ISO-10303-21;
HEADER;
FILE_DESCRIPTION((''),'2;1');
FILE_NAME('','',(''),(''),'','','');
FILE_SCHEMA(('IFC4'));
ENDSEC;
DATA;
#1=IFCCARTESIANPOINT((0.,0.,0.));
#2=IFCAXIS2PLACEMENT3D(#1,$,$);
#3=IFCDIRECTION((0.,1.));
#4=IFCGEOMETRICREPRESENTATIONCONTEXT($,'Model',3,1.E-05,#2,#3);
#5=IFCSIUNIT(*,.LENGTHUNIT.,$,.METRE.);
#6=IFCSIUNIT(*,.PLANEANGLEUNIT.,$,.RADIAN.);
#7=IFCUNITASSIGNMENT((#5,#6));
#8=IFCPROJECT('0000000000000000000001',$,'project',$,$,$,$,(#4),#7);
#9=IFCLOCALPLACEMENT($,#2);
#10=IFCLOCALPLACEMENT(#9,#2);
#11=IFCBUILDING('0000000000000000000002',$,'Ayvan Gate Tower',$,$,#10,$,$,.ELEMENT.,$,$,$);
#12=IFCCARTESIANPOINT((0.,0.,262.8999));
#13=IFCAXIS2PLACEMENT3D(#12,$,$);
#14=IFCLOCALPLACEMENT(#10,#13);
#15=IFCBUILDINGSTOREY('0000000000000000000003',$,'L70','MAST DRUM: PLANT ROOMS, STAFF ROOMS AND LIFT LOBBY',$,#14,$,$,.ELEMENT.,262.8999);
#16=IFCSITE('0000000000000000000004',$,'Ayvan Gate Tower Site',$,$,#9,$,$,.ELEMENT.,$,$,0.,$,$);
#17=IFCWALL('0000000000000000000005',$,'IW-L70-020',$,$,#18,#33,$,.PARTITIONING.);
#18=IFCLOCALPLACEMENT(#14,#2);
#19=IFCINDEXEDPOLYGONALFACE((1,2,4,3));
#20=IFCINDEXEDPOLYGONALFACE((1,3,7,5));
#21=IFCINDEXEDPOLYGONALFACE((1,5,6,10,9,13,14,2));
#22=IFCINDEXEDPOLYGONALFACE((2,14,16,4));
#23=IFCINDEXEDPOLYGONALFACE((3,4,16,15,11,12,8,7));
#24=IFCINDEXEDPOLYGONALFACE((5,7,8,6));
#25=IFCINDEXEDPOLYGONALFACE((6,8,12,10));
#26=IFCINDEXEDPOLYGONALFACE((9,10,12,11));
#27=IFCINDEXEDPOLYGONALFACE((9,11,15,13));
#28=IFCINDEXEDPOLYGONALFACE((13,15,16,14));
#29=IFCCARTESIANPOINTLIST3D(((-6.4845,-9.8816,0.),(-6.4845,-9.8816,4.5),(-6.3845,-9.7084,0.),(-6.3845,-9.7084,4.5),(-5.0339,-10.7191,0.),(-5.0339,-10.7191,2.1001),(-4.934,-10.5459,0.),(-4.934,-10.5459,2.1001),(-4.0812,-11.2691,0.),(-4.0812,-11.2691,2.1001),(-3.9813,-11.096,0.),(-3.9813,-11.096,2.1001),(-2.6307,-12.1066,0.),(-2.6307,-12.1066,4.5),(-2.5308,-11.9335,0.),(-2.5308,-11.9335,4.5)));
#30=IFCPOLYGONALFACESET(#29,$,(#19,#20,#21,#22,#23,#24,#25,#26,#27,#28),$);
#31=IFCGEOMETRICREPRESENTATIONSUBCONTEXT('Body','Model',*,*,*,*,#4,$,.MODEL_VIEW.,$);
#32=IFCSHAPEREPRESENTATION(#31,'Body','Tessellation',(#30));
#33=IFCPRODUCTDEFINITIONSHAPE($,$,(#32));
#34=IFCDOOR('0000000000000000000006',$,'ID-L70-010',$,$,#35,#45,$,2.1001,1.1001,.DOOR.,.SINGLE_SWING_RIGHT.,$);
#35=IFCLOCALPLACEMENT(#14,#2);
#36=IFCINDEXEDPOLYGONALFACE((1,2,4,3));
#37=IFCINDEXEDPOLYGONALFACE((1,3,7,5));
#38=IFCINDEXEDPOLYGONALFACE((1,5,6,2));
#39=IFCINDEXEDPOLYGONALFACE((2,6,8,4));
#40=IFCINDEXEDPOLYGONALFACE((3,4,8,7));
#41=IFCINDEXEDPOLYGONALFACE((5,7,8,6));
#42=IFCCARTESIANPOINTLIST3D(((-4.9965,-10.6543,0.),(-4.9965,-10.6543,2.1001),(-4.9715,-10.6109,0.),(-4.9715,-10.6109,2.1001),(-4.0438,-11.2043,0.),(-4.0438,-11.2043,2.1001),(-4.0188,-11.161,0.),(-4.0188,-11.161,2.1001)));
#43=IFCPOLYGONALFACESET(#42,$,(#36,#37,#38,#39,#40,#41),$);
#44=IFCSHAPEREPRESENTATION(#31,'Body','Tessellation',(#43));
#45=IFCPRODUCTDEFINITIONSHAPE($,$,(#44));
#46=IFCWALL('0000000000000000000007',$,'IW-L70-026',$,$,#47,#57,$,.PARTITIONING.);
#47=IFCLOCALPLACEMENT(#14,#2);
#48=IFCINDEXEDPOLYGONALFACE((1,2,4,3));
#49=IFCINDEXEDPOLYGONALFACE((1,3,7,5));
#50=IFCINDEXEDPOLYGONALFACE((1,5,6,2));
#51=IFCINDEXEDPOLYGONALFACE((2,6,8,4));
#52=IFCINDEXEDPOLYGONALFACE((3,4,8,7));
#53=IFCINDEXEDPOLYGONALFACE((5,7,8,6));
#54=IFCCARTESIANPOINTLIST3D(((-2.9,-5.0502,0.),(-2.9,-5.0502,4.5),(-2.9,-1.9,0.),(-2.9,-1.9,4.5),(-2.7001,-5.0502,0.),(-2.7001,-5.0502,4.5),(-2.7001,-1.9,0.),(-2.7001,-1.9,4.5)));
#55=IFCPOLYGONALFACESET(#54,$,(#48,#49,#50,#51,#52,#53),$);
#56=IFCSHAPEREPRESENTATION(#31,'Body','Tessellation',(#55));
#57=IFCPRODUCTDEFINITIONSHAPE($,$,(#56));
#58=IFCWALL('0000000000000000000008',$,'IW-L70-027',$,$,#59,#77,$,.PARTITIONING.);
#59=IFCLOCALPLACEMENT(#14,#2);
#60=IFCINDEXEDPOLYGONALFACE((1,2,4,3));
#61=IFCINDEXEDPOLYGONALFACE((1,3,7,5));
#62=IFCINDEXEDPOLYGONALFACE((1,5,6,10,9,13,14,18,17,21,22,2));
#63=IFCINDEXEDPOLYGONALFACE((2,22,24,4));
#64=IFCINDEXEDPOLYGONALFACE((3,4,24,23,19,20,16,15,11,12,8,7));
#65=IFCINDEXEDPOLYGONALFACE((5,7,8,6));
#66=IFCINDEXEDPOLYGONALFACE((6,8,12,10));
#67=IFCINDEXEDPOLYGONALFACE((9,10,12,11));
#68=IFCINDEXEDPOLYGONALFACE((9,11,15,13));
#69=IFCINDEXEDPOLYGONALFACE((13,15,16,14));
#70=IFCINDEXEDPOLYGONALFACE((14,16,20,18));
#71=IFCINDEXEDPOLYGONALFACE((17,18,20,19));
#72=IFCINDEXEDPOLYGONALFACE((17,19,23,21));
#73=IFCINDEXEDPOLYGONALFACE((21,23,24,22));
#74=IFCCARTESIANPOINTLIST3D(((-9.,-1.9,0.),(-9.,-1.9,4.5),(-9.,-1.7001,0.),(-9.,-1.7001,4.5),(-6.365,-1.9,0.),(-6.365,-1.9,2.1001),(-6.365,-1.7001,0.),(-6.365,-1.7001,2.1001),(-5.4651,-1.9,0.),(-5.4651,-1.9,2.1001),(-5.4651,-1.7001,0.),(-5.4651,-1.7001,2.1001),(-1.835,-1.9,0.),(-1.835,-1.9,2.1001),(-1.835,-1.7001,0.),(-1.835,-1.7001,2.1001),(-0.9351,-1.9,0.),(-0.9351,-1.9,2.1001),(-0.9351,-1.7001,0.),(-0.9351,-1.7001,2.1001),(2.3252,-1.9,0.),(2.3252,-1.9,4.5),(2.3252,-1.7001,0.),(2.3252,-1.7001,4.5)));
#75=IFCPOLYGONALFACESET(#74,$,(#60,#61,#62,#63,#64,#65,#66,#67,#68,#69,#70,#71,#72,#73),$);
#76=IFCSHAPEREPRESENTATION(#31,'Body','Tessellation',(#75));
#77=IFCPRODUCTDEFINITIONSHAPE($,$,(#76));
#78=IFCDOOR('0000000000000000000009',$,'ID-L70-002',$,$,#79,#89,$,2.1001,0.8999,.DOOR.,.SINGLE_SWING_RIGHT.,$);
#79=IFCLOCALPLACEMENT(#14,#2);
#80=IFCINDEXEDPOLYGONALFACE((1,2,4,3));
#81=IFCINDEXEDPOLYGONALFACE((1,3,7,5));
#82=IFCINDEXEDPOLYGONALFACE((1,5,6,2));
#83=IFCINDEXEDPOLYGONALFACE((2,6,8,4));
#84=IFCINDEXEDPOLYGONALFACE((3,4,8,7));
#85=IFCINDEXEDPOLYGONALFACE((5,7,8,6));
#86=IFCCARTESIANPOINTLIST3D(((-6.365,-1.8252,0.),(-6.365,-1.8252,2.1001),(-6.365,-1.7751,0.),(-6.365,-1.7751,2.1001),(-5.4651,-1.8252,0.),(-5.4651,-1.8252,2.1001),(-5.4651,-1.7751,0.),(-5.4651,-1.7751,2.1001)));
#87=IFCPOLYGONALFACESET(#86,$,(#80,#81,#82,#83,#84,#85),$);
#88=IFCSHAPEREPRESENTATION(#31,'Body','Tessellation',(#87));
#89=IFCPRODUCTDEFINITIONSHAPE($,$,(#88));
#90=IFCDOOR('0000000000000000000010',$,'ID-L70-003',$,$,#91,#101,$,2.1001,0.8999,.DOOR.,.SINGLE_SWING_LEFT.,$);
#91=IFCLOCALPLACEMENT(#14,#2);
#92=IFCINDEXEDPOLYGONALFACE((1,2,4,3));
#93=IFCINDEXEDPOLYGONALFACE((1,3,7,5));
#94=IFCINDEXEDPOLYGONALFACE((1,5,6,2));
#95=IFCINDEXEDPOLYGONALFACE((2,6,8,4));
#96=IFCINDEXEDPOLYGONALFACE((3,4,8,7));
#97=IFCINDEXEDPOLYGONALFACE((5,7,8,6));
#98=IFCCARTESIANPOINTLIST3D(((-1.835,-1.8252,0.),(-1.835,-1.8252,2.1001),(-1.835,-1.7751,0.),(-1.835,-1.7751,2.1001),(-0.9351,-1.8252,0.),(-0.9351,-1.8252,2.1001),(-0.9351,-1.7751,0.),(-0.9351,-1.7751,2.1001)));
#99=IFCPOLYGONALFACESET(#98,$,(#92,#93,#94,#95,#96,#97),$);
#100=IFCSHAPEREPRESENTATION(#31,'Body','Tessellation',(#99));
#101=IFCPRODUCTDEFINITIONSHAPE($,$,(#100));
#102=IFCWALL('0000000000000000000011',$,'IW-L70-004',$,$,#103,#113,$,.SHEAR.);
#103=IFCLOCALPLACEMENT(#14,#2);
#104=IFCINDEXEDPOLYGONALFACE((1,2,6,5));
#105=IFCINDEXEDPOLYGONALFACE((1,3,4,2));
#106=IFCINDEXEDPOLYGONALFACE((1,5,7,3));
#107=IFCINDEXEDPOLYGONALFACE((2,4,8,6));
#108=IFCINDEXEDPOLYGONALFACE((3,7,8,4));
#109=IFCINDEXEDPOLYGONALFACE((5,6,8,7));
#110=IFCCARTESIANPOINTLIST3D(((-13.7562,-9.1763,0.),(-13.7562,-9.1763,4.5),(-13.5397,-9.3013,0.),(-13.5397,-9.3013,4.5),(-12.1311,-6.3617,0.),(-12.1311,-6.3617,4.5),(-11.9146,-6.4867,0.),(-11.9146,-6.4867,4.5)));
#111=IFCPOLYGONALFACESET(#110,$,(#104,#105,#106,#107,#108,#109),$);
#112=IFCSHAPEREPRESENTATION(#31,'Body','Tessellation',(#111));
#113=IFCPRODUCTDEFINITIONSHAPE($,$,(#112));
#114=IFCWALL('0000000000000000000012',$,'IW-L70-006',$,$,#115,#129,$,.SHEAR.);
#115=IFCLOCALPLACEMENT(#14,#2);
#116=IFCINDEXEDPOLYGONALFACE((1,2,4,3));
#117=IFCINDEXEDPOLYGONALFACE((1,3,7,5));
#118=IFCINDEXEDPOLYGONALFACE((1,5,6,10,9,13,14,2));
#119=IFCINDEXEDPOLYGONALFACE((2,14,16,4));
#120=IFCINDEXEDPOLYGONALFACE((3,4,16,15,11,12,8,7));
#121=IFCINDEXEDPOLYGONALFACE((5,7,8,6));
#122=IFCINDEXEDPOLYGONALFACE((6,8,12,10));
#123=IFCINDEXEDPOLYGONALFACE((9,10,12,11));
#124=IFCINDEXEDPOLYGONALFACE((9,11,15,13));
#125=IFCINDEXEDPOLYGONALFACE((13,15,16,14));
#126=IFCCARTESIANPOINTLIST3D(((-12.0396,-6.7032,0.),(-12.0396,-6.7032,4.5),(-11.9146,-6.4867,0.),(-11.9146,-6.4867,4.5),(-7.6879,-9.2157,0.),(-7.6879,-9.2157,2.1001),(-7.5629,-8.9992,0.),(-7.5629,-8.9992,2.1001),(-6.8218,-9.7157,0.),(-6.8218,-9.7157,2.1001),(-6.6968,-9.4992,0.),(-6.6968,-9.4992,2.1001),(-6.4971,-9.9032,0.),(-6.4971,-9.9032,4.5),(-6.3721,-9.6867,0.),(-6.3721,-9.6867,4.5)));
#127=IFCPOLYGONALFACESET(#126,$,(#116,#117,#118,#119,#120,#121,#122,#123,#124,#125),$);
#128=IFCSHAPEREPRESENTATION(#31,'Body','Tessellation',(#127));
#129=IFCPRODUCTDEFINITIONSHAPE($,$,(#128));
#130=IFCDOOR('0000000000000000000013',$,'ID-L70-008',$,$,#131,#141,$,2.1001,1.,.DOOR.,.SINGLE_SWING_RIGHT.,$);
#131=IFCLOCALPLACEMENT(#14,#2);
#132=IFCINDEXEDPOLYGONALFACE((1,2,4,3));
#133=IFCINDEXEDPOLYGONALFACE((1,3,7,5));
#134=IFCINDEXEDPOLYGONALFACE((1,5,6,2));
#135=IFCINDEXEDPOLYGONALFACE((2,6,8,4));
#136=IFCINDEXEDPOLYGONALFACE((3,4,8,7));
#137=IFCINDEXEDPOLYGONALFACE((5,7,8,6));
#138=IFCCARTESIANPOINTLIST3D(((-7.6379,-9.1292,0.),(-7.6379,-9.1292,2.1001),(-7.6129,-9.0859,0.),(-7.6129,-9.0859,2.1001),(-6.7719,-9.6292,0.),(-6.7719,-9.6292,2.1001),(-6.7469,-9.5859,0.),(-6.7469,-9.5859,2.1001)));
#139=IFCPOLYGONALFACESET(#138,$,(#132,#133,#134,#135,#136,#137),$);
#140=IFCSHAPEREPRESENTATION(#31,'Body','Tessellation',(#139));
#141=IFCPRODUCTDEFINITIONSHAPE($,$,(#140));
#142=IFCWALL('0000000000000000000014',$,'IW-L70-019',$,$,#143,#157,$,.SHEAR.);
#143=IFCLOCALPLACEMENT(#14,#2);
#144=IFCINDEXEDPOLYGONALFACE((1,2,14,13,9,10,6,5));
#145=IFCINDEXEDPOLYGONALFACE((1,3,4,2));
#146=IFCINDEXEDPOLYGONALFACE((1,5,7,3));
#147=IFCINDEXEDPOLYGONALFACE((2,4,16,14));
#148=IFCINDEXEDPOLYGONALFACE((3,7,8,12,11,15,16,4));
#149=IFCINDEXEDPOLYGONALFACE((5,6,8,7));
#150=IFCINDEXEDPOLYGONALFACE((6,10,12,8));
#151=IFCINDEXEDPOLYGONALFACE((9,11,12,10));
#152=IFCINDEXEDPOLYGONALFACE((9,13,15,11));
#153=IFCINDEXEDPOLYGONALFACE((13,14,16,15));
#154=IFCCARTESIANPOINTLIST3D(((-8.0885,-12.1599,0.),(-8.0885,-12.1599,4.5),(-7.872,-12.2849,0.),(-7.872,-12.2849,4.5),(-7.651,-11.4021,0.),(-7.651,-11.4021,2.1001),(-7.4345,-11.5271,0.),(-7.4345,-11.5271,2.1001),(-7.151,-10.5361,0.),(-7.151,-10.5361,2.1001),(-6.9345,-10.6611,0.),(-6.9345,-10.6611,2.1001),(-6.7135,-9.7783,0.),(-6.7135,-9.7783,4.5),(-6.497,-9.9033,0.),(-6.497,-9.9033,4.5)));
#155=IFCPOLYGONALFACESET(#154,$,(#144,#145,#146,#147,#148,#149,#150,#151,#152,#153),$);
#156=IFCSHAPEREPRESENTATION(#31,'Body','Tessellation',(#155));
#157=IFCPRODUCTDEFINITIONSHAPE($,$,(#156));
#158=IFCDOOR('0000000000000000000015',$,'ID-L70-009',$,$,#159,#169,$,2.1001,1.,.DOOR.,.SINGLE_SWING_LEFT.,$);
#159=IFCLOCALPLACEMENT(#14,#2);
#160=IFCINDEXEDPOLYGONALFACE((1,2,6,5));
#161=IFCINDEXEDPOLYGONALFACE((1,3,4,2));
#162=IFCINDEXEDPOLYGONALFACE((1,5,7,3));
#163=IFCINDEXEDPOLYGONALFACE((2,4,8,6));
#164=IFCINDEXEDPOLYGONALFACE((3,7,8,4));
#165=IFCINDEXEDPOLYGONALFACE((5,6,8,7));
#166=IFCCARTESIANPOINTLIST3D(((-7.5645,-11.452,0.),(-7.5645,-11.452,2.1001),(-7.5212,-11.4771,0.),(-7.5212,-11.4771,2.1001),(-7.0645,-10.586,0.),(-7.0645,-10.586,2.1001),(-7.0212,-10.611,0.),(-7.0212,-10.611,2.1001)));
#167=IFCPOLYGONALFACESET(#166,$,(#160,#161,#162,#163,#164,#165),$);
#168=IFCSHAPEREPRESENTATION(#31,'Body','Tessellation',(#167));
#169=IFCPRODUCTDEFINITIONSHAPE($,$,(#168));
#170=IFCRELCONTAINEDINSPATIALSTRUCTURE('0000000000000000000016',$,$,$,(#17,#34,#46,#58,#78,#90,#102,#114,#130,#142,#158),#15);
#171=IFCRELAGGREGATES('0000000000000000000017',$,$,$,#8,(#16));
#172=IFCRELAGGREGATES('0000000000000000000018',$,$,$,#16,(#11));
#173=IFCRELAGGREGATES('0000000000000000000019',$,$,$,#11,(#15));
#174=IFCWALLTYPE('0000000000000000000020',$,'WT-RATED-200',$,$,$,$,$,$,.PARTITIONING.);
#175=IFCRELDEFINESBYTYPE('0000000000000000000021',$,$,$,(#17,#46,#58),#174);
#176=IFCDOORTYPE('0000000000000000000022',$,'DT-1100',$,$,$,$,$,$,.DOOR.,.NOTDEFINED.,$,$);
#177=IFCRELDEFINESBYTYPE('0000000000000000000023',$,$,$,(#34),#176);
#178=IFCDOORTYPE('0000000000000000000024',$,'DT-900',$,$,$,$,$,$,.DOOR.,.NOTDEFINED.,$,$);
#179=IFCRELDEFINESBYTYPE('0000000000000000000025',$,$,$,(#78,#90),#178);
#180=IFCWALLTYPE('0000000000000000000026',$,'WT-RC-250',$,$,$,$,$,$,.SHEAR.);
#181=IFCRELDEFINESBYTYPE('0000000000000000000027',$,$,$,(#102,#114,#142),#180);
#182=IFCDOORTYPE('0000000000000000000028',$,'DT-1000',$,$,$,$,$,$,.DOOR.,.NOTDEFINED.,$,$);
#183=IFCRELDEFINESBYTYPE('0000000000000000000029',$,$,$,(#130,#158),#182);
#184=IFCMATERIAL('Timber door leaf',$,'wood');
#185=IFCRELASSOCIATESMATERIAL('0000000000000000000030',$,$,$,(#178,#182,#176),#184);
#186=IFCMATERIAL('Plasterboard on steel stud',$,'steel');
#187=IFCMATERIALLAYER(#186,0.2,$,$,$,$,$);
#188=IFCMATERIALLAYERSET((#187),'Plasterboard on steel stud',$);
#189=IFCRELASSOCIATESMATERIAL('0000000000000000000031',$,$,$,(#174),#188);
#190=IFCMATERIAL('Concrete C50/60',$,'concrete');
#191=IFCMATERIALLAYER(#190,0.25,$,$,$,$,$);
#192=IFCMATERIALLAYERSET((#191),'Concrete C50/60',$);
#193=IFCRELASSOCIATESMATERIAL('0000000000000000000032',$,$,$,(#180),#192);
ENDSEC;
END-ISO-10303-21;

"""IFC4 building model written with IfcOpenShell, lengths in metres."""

from ifc_helpers import new_model, si_unit, direction, frame, frame_2d, origin, place, context, subcontext, project, spatial, rectangle, extrude, material, layer, layer_set, type_object, element, fill, save


model = new_model("IFC4")

# Units and contexts
model_context = context("Model", 3, precision=1e-05, world=origin(), true_north=direction((0.0, 1.0)))
body_context = subcontext(model_context, "Body", "Model", "MODEL_VIEW")
ifc_project = project(units=[si_unit("LENGTHUNIT", "METRE"), si_unit("PLANEANGLEUNIT", "RADIAN")], contexts=[model_context])

# Site, building, storey
site_placement = place(None, origin())
site = spatial("IfcSite", under=ifc_project, at=site_placement, Name="Ayvan Gate Tower Site", CompositionType="ELEMENT", RefElevation=0.0)
building_placement = place(site_placement, origin())
building = spatial("IfcBuilding", under=site, at=building_placement, Name="Ayvan Gate Tower", CompositionType="ELEMENT")
storey_placement = place(building_placement, frame((0.0, 0.0, 262.8999)))
storey = spatial("IfcBuildingStorey", under=building, at=storey_placement, Name="L70", Description="MAST DRUM: PLANT ROOMS, STAFF ROOMS AND LIFT LOBBY", CompositionType="ELEMENT", Elevation=262.8999)

# Shared definitions
ifc_material_1 = material(Name="Timber door leaf", Category="wood")
door_type_1 = type_object("IfcDoorType", Name="DT-900", OperationType="NOTDEFINED", PredefinedType="DOOR", material=ifc_material_1)

# Shared definitions
ifc_material_2 = material(Name="Plasterboard on steel stud", Category="steel")
door_type_2 = type_object("IfcDoorType", Name="DT-1000", OperationType="NOTDEFINED", PredefinedType="DOOR", material=ifc_material_1)

# Shared definitions
ifc_layer_1 = layer(ifc_material_2, 0.2)
ifc_layer_set_1 = layer_set([ifc_layer_1], Name="Plasterboard on steel stud")
wall_type_1 = type_object("IfcWallType", Name="WT-RATED-200", PredefinedType="PARTITIONING", material=ifc_layer_set_1)

# Wall, opening, door
wall_1_placement = place(storey_placement, frame((-6.4346, -9.7949, 0.0), z_axis=(0.0, 0.0, 1.0), x_axis=(0.866013, -0.500022, 0.0)))
wall_1 = element("IfcWall", 1, at=wall_1_placement, inside=storey, type_object=wall_type_1, Name="IW-L70-020", PredefinedType="PARTITIONING", context=body_context, shape_type="SweptSolid", body=[
    extrude(rectangle(XDim=4.45, YDim=0.2, at=frame_2d((2.2251, 0.0))), origin(), (0.0, 0.0, 1.0), 4.5),
])
opening_1_placement = place(wall_1_placement, frame((1.675, 0.0, 0.0)))
opening_1 = element("IfcOpeningElement", 2, at=opening_1_placement, cuts=wall_1, PredefinedType="OPENING", context=body_context, shape_type="SweptSolid", body=[
    extrude(rectangle(XDim=1.1001, YDim=2.1001, at=frame_2d((0.55, 1.05))), frame((0.0, 0.1099, 0.0), z_axis=(0.0, -1.0, 0.0), x_axis=(1.0, 0.0, 0.0)), (0.0, 0.0, 1.0), 0.22),
])
door_type_3 = type_object("IfcDoorType", Name="DT-1100", OperationType="NOTDEFINED", PredefinedType="DOOR", material=ifc_material_1)
door_1_placement = place(opening_1_placement, origin())
door_1 = element("IfcDoor", 3, at=door_1_placement, inside=storey, type_object=door_type_3, Name="ID-L70-010", OperationType="SINGLE_SWING_RIGHT", OverallHeight=2.1001, OverallWidth=1.1001, PredefinedType="DOOR", context=body_context, shape_type="SweptSolid", body=[
    extrude(rectangle(XDim=1.1001, YDim=2.1001, at=frame_2d((0.55, 1.05))), frame((0.0, 0.0249, 0.0), z_axis=(0.0, -1.0, 0.0), x_axis=(1.0, 0.0, 0.0)), (0.0, 0.0, 1.0), 0.05),
])
fill(opening_1, door_1)

# Wall
wall_2_placement = place(storey_placement, frame((-2.8, -1.8999, 0.0), z_axis=(0.0, 0.0, 1.0), x_axis=(0.0, -1.0, 0.0)))
element("IfcWall", 4, at=wall_2_placement, inside=storey, type_object=wall_type_1, Name="IW-L70-026", PredefinedType="PARTITIONING", context=body_context, shape_type="SweptSolid", body=[
    extrude(rectangle(XDim=3.1501, YDim=0.2, at=frame_2d((1.5752, 0.0))), origin(), (0.0, 0.0, 1.0), 4.5),
])

# Wall, openings, doors
wall_3_placement = place(storey_placement, frame((-9.0, -1.8, 0.0), z_axis=(0.0, 0.0, 1.0), x_axis=(1.0, 0.0, 0.0)))
wall_3 = element("IfcWall", 5, at=wall_3_placement, inside=storey, type_object=wall_type_1, Name="IW-L70-027", PredefinedType="PARTITIONING", context=body_context, shape_type="SweptSolid", body=[
    extrude(rectangle(XDim=11.3252, YDim=0.2, at=frame_2d((5.6626, 0.0))), origin(), (0.0, 0.0, 1.0), 4.5),
])
opening_2_placement = place(wall_3_placement, frame((2.635, 0.0, 0.0)))
opening_2 = element("IfcOpeningElement", 6, at=opening_2_placement, cuts=wall_3, PredefinedType="OPENING", context=body_context, shape_type="SweptSolid", body=[
    extrude(rectangle(XDim=0.8999, YDim=2.1001, at=frame_2d((0.45, 1.05))), frame((0.0, 0.1099, 0.0), z_axis=(0.0, -1.0, 0.0), x_axis=(1.0, 0.0, 0.0)), (0.0, 0.0, 1.0), 0.22),
])
opening_3_placement = place(wall_3_placement, frame((7.165, 0.0, 0.0)))
opening_3 = element("IfcOpeningElement", 7, at=opening_3_placement, cuts=wall_3, PredefinedType="OPENING", context=body_context, shape_type="SweptSolid", body=[
    extrude(rectangle(XDim=0.8999, YDim=2.1001, at=frame_2d((0.45, 1.05))), frame((0.0, 0.1099, 0.0), z_axis=(0.0, -1.0, 0.0), x_axis=(1.0, 0.0, 0.0)), (0.0, 0.0, 1.0), 0.22),
])
door_2_placement = place(opening_2_placement, origin())
door_2 = element("IfcDoor", 8, at=door_2_placement, inside=storey, type_object=door_type_1, Name="ID-L70-002", OperationType="SINGLE_SWING_RIGHT", OverallHeight=2.1001, OverallWidth=0.8999, PredefinedType="DOOR", context=body_context, shape_type="SweptSolid", body=[
    extrude(rectangle(XDim=0.8999, YDim=2.1001, at=frame_2d((0.45, 1.05))), frame((0.0, 0.0249, 0.0), z_axis=(0.0, -1.0, 0.0), x_axis=(1.0, 0.0, 0.0)), (0.0, 0.0, 1.0), 0.05),
])
fill(opening_2, door_2)
door_3_placement = place(opening_3_placement, origin())
door_3 = element("IfcDoor", 9, at=door_3_placement, inside=storey, type_object=door_type_1, Name="ID-L70-003", OperationType="SINGLE_SWING_LEFT", OverallHeight=2.1001, OverallWidth=0.8999, PredefinedType="DOOR", context=body_context, shape_type="SweptSolid", body=[
    extrude(rectangle(XDim=0.8999, YDim=2.1001, at=frame_2d((0.45, 1.05))), frame((0.0, 0.0249, 0.0), z_axis=(0.0, -1.0, 0.0), x_axis=(1.0, 0.0, 0.0)), (0.0, 0.0, 1.0), 0.05),
])
fill(opening_3, door_3)

# Wall
ifc_material_3 = material(Name="Concrete C50/60", Category="concrete")
ifc_layer_2 = layer(ifc_material_3, 0.25)
ifc_layer_set_2 = layer_set([ifc_layer_2], Name="Concrete C50/60")
wall_type_2 = type_object("IfcWallType", Name="WT-RC-250", PredefinedType="SHEAR", material=ifc_layer_set_2)
wall_4_placement = place(storey_placement, frame((-13.6479, -9.2388, 0.0), z_axis=(0.0, 0.0, 1.0), x_axis=(0.500017, 0.866015, 0.0)))
element("IfcWall", 10, at=wall_4_placement, inside=storey, type_object=wall_type_2, Name="IW-L70-004", PredefinedType="SHEAR", context=body_context, shape_type="SweptSolid", body=[
    extrude(rectangle(XDim=3.25, YDim=0.25, at=frame_2d((1.625, 0.0))), origin(), (0.0, 0.0, 1.0), 4.5),
])

# Walls, openings, doors
wall_5_placement = place(storey_placement, frame((-11.9771, -6.595, 0.0), z_axis=(0.0, 0.0, 1.0), x_axis=(0.866025, -0.5, 0.0)))
wall_5 = element("IfcWall", 11, at=wall_5_placement, inside=storey, type_object=wall_type_2, Name="IW-L70-006", PredefinedType="SHEAR", context=body_context, shape_type="SweptSolid", body=[
    extrude(rectangle(XDim=6.3999, YDim=0.25, at=frame_2d((3.2, 0.0))), origin(), (0.0, 0.0, 1.0), 4.5),
])
opening_4_placement = place(wall_5_placement, frame((5.0249, 0.0, 0.0)))
opening_4 = element("IfcOpeningElement", 12, at=opening_4_placement, cuts=wall_5, PredefinedType="OPENING", context=body_context, shape_type="SweptSolid", body=[
    extrude(rectangle(XDim=1.0, YDim=2.1001, at=frame_2d((0.5, 1.05))), frame((0.0, 0.135, 0.0), z_axis=(0.0, -1.0, 0.0), x_axis=(1.0, 0.0, 0.0)), (0.0, 0.0, 1.0), 0.27),
])
door_4_placement = place(opening_4_placement, origin())
door_4 = element("IfcDoor", 13, at=door_4_placement, inside=storey, type_object=door_type_2, Name="ID-L70-008", OperationType="SINGLE_SWING_RIGHT", OverallHeight=2.1001, OverallWidth=1.0, PredefinedType="DOOR", context=body_context, shape_type="SweptSolid", body=[
    extrude(rectangle(XDim=1.0, YDim=2.1001, at=frame_2d((0.5, 1.05))), frame((0.0, 0.0249, 0.0), z_axis=(0.0, -1.0, 0.0), x_axis=(1.0, 0.0, 0.0)), (0.0, 0.0, 1.0), 0.05),
])
fill(opening_4, door_4)
wall_6_placement = place(storey_placement, frame((-6.6052, -9.8408, 0.0), z_axis=(0.0, 0.0, 1.0), x_axis=(-0.499997, -0.866027, 0.0)))
wall_6 = element("IfcWall", 14, at=wall_6_placement, inside=storey, type_object=wall_type_2, Name="IW-L70-019", PredefinedType="SHEAR", context=body_context, shape_type="SweptSolid", body=[
    extrude(rectangle(XDim=2.75, YDim=0.25, at=frame_2d((1.375, 0.0))), origin(), (0.0, 0.0, 1.0), 4.5),
])
opening_5_placement = place(wall_6_placement, frame((0.875, 0.0, 0.0)))
opening_5 = element("IfcOpeningElement", 15, at=opening_5_placement, cuts=wall_6, PredefinedType="OPENING", context=body_context, shape_type="SweptSolid", body=[
    extrude(rectangle(XDim=1.0, YDim=2.1001, at=frame_2d((0.5, 1.05))), frame((0.0, 0.135, 0.0), z_axis=(0.0, -1.0, 0.0), x_axis=(1.0, 0.0, 0.0)), (0.0, 0.0, 1.0), 0.27),
])
door_5_placement = place(opening_5_placement, origin())
door_5 = element("IfcDoor", 16, at=door_5_placement, inside=storey, type_object=door_type_2, Name="ID-L70-009", OperationType="SINGLE_SWING_LEFT", OverallHeight=2.1001, OverallWidth=1.0, PredefinedType="DOOR", context=body_context, shape_type="SweptSolid", body=[
    extrude(rectangle(XDim=1.0, YDim=2.1001, at=frame_2d((0.5, 1.05))), frame((0.0, 0.0249, 0.0), z_axis=(0.0, -1.0, 0.0), x_axis=(1.0, 0.0, 0.0)), (0.0, 0.0, 1.0), 0.05),
])
fill(opening_5, door_5)

save(model, "model.ifc")
